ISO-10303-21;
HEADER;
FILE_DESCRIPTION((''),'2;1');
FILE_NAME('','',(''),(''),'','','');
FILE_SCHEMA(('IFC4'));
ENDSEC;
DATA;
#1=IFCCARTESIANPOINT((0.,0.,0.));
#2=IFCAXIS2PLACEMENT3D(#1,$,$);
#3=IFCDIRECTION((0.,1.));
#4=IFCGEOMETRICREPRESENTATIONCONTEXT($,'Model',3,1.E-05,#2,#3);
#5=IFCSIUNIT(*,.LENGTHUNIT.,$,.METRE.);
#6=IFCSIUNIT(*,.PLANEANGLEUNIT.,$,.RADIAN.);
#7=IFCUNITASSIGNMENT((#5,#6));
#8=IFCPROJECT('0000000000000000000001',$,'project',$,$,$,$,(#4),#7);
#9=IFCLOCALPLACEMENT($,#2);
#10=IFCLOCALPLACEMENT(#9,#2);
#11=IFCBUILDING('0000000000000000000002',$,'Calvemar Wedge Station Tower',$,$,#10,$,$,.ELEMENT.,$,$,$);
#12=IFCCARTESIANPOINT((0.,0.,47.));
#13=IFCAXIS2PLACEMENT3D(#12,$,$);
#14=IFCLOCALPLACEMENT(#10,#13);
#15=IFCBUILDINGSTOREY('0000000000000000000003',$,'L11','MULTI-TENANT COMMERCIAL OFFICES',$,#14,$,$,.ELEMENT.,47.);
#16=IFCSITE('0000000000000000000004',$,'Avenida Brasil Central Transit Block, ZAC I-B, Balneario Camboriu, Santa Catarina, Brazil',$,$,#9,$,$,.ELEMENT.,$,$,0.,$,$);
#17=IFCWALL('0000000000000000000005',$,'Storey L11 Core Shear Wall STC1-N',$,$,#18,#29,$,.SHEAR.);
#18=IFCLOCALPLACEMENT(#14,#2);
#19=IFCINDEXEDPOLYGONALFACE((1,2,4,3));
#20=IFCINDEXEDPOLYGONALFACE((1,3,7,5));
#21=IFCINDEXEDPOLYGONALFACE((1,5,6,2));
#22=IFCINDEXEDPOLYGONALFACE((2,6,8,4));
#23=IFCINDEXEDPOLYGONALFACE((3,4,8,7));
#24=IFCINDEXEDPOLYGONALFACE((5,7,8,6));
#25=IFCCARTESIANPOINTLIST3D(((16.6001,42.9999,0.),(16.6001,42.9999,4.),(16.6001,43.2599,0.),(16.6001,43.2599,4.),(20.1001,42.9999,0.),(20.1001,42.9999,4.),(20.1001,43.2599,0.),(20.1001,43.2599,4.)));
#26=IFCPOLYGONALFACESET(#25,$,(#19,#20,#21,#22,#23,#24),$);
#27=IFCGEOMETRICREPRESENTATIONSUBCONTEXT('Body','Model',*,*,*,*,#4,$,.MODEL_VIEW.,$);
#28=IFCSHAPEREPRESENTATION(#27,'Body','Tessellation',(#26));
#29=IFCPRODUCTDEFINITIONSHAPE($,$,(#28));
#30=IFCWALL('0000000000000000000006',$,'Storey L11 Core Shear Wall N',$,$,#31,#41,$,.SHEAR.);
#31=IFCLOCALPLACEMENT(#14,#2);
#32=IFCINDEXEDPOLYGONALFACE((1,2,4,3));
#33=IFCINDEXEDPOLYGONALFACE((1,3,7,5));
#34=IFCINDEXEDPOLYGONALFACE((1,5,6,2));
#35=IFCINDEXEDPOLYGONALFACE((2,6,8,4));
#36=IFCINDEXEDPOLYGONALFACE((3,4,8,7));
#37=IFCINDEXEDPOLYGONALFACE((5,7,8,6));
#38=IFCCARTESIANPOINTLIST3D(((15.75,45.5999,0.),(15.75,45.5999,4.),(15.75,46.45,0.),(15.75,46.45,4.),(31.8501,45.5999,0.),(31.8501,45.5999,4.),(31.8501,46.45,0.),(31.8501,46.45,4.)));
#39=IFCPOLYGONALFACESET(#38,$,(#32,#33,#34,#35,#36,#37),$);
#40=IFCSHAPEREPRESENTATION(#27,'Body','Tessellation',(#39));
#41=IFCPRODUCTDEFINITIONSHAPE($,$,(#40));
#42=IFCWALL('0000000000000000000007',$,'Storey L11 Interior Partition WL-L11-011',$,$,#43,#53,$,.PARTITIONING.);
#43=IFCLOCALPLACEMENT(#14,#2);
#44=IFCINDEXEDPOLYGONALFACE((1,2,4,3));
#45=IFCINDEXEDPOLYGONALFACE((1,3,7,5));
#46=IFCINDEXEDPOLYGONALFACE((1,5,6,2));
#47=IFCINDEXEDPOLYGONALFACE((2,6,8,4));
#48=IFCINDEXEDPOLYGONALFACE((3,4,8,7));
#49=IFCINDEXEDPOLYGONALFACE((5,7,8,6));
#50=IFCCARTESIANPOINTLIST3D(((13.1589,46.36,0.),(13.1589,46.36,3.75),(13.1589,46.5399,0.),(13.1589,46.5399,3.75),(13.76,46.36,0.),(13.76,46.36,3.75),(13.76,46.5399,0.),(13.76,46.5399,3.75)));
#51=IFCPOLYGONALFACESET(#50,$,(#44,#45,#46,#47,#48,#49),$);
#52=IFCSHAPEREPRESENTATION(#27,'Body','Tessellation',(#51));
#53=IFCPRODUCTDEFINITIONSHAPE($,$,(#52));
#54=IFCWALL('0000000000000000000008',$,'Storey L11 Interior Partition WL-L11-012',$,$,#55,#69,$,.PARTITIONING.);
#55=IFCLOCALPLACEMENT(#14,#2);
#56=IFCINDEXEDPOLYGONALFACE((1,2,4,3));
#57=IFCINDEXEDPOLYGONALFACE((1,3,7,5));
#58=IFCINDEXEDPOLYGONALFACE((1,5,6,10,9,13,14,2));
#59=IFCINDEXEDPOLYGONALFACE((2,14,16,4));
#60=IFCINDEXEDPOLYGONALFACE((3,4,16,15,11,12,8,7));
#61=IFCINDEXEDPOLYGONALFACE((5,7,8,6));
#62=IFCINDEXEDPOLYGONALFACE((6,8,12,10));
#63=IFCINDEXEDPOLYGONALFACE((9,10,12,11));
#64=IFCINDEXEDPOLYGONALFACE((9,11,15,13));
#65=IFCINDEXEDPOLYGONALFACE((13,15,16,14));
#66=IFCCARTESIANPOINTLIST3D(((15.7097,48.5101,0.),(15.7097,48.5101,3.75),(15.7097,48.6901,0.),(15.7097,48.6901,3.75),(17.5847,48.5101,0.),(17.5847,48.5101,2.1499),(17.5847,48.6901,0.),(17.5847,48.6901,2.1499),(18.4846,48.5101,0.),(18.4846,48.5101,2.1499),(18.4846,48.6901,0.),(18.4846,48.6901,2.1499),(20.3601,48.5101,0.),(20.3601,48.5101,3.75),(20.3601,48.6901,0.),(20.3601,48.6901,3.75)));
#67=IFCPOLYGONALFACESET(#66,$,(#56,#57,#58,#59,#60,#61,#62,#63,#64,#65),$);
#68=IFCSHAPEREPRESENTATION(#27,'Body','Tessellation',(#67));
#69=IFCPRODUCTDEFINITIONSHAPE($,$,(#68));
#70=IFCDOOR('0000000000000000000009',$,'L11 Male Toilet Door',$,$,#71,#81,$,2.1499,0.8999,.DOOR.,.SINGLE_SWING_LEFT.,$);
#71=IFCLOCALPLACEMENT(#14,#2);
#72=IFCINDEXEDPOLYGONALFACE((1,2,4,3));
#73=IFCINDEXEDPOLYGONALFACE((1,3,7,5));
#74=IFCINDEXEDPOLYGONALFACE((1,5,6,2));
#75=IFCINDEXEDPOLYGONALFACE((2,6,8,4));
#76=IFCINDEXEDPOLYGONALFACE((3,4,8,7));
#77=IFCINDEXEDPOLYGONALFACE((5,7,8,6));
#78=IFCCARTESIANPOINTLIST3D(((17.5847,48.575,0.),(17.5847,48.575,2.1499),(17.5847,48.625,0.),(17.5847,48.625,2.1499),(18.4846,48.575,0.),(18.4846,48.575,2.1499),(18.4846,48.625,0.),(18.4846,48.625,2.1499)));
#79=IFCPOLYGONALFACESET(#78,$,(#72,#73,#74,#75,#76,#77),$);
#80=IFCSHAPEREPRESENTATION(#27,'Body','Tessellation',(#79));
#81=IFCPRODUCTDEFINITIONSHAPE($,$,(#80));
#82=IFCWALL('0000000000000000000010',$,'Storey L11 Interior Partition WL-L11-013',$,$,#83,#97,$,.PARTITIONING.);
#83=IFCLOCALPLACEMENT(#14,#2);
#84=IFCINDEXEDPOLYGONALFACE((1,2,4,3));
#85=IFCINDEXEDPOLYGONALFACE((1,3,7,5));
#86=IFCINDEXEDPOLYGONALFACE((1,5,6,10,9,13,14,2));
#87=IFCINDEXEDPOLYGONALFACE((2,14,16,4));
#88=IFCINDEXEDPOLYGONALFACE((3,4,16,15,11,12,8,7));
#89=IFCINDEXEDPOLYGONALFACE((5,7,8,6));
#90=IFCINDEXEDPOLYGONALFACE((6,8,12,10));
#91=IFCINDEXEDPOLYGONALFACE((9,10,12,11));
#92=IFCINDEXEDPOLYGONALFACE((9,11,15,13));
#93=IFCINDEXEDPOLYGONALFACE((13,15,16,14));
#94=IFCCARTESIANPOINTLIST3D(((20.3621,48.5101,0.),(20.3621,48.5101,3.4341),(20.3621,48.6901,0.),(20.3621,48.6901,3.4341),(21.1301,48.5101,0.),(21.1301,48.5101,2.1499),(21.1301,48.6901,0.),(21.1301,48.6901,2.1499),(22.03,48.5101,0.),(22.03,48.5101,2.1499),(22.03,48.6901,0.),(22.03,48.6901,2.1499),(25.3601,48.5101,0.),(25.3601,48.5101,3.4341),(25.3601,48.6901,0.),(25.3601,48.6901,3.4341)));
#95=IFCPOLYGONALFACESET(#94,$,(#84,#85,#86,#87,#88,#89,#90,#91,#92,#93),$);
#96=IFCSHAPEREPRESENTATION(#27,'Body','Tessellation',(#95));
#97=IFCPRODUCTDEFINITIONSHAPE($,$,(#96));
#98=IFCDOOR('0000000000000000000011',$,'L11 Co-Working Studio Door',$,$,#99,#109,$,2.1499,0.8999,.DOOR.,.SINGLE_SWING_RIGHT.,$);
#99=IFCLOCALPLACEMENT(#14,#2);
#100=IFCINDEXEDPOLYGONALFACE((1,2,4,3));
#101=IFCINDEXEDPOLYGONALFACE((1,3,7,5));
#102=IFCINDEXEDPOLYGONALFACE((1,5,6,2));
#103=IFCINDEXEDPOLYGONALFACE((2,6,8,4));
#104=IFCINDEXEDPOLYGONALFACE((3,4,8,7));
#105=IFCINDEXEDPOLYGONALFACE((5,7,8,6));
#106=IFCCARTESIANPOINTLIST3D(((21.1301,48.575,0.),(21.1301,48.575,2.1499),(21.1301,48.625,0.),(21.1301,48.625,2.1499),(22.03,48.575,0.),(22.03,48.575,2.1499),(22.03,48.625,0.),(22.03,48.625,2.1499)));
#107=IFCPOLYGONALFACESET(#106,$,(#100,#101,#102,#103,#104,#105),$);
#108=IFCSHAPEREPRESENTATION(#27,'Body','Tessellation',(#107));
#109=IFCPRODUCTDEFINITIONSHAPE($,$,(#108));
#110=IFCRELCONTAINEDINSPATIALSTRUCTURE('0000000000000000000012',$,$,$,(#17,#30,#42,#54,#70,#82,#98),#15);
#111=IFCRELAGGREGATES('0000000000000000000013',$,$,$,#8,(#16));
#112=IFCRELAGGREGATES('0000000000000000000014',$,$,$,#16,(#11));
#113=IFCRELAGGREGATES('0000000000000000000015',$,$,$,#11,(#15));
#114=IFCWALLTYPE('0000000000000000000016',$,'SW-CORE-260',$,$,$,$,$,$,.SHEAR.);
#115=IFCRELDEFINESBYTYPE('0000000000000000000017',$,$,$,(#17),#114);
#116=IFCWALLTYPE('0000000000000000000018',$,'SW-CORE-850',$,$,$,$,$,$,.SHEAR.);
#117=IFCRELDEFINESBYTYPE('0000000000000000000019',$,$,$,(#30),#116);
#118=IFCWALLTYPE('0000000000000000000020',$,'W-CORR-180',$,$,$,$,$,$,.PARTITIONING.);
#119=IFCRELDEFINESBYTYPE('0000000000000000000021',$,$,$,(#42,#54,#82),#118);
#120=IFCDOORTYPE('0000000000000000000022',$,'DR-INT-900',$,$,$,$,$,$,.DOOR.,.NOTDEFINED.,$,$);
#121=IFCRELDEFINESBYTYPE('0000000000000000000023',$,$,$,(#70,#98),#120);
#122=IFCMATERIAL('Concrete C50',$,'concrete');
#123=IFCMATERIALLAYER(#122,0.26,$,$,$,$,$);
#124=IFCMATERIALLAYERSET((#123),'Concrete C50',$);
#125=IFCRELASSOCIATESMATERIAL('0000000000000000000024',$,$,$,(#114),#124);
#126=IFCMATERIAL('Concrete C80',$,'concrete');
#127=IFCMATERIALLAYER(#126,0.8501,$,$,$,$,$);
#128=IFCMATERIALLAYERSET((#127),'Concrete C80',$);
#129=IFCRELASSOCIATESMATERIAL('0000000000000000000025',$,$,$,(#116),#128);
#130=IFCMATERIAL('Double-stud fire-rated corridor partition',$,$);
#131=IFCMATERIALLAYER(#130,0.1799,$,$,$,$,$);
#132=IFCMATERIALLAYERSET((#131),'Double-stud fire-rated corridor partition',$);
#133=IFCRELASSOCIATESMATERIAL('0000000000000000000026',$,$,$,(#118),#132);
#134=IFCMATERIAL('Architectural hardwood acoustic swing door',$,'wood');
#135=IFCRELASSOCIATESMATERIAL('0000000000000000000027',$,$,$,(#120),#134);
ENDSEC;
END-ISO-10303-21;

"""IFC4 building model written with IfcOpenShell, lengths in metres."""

from ifc_helpers import new_model, si_unit, direction, frame, frame_2d, origin, place, context, subcontext, project, spatial, rectangle, extrude, source, transform, mapped, material, layer, layer_set, type_object, element, fill, save


model = new_model("IFC4")

# Units and contexts
model_context = context("Model", 3, precision=1e-05, world=origin(), true_north=direction((0.0, 1.0)))
body_context = subcontext(model_context, "Body", "Model", "MODEL_VIEW")
ifc_project = project(units=[si_unit("LENGTHUNIT", "METRE"), si_unit("PLANEANGLEUNIT", "RADIAN")], contexts=[model_context])

# Site, building, storey
site_placement = place(None, origin())
site = spatial("IfcSite", under=ifc_project, at=site_placement, Name="Avenida Brasil Central Transit Block, ZAC I-B, Balneario Camboriu, Santa Catarina, Brazil", CompositionType="ELEMENT", RefElevation=0.0)
building_placement = place(site_placement, origin())
building = spatial("IfcBuilding", under=site, at=building_placement, Name="Calvemar Wedge Station Tower", CompositionType="ELEMENT")
storey_placement = place(building_placement, frame((0.0, 0.0, 47.0)))
storey = spatial("IfcBuildingStorey", under=building, at=storey_placement, Name="L11", Description="MULTI-TENANT COMMERCIAL OFFICES", CompositionType="ELEMENT", Elevation=47.0)

# Walls
ifc_material_1 = material(Name="Concrete C50", Category="concrete")
ifc_layer_1 = layer(ifc_material_1, 0.26)
ifc_layer_set_1 = layer_set([ifc_layer_1], Name="Concrete C50")
wall_type_1 = type_object("IfcWallType", Name="SW-CORE-260", PredefinedType="SHEAR", material=ifc_layer_set_1)
wall_1_placement = place(storey_placement, frame((16.6001, 43.1299, 0.0), z_axis=(0.0, 0.0, 1.0), x_axis=(1.0, 0.0, 0.0)))
element("IfcWall", 1, at=wall_1_placement, inside=storey, type_object=wall_type_1, Name="Storey L11 Core Shear Wall STC1-N", PredefinedType="SHEAR", context=body_context, shape_type="SweptSolid", body=[
    extrude(rectangle(XDim=3.5, YDim=0.26, at=frame_2d((1.75, 0.0))), origin(), (0.0, 0.0, 1.0), 4.0),
])
ifc_material_2 = material(Name="Concrete C80", Category="concrete")
ifc_layer_2 = layer(ifc_material_2, 0.8501)
ifc_layer_set_2 = layer_set([ifc_layer_2], Name="Concrete C80")
wall_type_2 = type_object("IfcWallType", Name="SW-CORE-850", PredefinedType="SHEAR", material=ifc_layer_set_2)
wall_2_placement = place(storey_placement, frame((15.75, 46.0249, 0.0), z_axis=(0.0, 0.0, 1.0), x_axis=(1.0, 0.0, 0.0)))
element("IfcWall", 2, at=wall_2_placement, inside=storey, type_object=wall_type_2, Name="Storey L11 Core Shear Wall N", PredefinedType="SHEAR", context=body_context, shape_type="SweptSolid", body=[
    extrude(rectangle(XDim=16.1001, YDim=0.8501, at=frame_2d((8.05, 0.0))), origin(), (0.0, 0.0, 1.0), 4.0),
])
ifc_material_3 = material(Name="Double-stud fire-rated corridor partition")
ifc_layer_3 = layer(ifc_material_3, 0.1799)
ifc_layer_set_3 = layer_set([ifc_layer_3], Name="Double-stud fire-rated corridor partition")
wall_type_3 = type_object("IfcWallType", Name="W-CORR-180", PredefinedType="PARTITIONING", material=ifc_layer_set_3)
wall_3_placement = place(storey_placement, frame((13.76, 46.45, 0.0), z_axis=(0.0, 0.0, 1.0), x_axis=(-1.0, 0.0, 0.0)))
element("IfcWall", 3, at=wall_3_placement, inside=storey, type_object=wall_type_3, Name="Storey L11 Interior Partition WL-L11-011", PredefinedType="PARTITIONING", context=body_context, shape_type="SweptSolid", body=[
    extrude(rectangle(XDim=0.6011, YDim=0.1799, at=frame_2d((0.3005, 0.0))), origin(), (0.0, 0.0, 1.0), 3.75),
])

# Walls, openings, doors
wall_4_placement = place(storey_placement, frame((15.7097, 48.6001, 0.0), z_axis=(0.0, 0.0, 1.0), x_axis=(1.0, 0.0, 0.0)))
wall_4 = element("IfcWall", 4, at=wall_4_placement, inside=storey, type_object=wall_type_3, Name="Storey L11 Interior Partition WL-L11-012", PredefinedType="PARTITIONING", context=body_context, shape_type="SweptSolid", body=[
    extrude(rectangle(XDim=4.6504, YDim=0.1799, at=frame_2d((2.3252, 0.0))), origin(), (0.0, 0.0, 1.0), 3.75),
])
shared_shape_1 = source(origin(), body_context, "Body", "SweptSolid", [
    extrude(rectangle(XDim=0.8999, YDim=2.1499, at=frame_2d((0.45, 1.075))), frame((0.0, 0.1001, 0.0), z_axis=(0.0, -1.0, 0.0), x_axis=(1.0, 0.0, 0.0)), (0.0, 0.0, 1.0), 0.2),
])
opening_1_placement = place(wall_4_placement, frame((1.875, 0.0, 0.0)))
opening_1 = element("IfcOpeningElement", 5, at=opening_1_placement, cuts=wall_4, PredefinedType="OPENING", context=body_context, shape_type="MappedRepresentation", body=[
    mapped(shared_shape_1, transform((0.0, 0.0, 0.0), scale=1.0)),
])
ifc_material_4 = material(Name="Architectural hardwood acoustic swing door", Category="wood")
door_type_1 = type_object("IfcDoorType", Name="DR-INT-900", OperationType="NOTDEFINED", PredefinedType="DOOR", material=ifc_material_4)
shared_shape_2 = source(origin(), body_context, "Body", "SweptSolid", [
    extrude(rectangle(XDim=0.8999, YDim=2.1499, at=frame_2d((0.45, 1.075))), frame((0.0, 0.0249, 0.0), z_axis=(0.0, -1.0, 0.0), x_axis=(1.0, 0.0, 0.0)), (0.0, 0.0, 1.0), 0.05),
])
door_1_placement = place(opening_1_placement, origin())
door_1 = element("IfcDoor", 6, at=door_1_placement, inside=storey, type_object=door_type_1, Name="L11 Male Toilet Door", OperationType="SINGLE_SWING_LEFT", OverallHeight=2.1499, OverallWidth=0.8999, PredefinedType="DOOR", context=body_context, shape_type="MappedRepresentation", body=[
    mapped(shared_shape_2, transform((0.0, 0.0, 0.0), scale=1.0)),
])
fill(opening_1, door_1)
wall_5_placement = place(storey_placement, frame((20.3621, 48.6001, 0.0), z_axis=(0.0, 0.0, 1.0), x_axis=(1.0, 0.0, 0.0)))
wall_5 = element("IfcWall", 7, at=wall_5_placement, inside=storey, type_object=wall_type_3, Name="Storey L11 Interior Partition WL-L11-013", PredefinedType="PARTITIONING", context=body_context, shape_type="SweptSolid", body=[
    extrude(rectangle(XDim=4.998, YDim=0.1799, at=frame_2d((2.499, 0.0))), origin(), (0.0, 0.0, 1.0), 3.4341),
])
opening_2_placement = place(wall_5_placement, frame((0.7681, 0.0, 0.0)))
opening_2 = element("IfcOpeningElement", 8, at=opening_2_placement, cuts=wall_5, PredefinedType="OPENING", context=body_context, shape_type="MappedRepresentation", body=[
    mapped(shared_shape_1, transform((0.0, 0.0, 0.0), scale=1.0)),
])
door_2_placement = place(opening_2_placement, origin())
door_2 = element("IfcDoor", 9, at=door_2_placement, inside=storey, type_object=door_type_1, Name="L11 Co-Working Studio Door", OperationType="SINGLE_SWING_RIGHT", OverallHeight=2.1499, OverallWidth=0.8999, PredefinedType="DOOR", context=body_context, shape_type="MappedRepresentation", body=[
    mapped(shared_shape_2, transform((0.0, 0.0, 0.0), scale=1.0)),
])
fill(opening_2, door_2)

save(model, "model.ifc")
